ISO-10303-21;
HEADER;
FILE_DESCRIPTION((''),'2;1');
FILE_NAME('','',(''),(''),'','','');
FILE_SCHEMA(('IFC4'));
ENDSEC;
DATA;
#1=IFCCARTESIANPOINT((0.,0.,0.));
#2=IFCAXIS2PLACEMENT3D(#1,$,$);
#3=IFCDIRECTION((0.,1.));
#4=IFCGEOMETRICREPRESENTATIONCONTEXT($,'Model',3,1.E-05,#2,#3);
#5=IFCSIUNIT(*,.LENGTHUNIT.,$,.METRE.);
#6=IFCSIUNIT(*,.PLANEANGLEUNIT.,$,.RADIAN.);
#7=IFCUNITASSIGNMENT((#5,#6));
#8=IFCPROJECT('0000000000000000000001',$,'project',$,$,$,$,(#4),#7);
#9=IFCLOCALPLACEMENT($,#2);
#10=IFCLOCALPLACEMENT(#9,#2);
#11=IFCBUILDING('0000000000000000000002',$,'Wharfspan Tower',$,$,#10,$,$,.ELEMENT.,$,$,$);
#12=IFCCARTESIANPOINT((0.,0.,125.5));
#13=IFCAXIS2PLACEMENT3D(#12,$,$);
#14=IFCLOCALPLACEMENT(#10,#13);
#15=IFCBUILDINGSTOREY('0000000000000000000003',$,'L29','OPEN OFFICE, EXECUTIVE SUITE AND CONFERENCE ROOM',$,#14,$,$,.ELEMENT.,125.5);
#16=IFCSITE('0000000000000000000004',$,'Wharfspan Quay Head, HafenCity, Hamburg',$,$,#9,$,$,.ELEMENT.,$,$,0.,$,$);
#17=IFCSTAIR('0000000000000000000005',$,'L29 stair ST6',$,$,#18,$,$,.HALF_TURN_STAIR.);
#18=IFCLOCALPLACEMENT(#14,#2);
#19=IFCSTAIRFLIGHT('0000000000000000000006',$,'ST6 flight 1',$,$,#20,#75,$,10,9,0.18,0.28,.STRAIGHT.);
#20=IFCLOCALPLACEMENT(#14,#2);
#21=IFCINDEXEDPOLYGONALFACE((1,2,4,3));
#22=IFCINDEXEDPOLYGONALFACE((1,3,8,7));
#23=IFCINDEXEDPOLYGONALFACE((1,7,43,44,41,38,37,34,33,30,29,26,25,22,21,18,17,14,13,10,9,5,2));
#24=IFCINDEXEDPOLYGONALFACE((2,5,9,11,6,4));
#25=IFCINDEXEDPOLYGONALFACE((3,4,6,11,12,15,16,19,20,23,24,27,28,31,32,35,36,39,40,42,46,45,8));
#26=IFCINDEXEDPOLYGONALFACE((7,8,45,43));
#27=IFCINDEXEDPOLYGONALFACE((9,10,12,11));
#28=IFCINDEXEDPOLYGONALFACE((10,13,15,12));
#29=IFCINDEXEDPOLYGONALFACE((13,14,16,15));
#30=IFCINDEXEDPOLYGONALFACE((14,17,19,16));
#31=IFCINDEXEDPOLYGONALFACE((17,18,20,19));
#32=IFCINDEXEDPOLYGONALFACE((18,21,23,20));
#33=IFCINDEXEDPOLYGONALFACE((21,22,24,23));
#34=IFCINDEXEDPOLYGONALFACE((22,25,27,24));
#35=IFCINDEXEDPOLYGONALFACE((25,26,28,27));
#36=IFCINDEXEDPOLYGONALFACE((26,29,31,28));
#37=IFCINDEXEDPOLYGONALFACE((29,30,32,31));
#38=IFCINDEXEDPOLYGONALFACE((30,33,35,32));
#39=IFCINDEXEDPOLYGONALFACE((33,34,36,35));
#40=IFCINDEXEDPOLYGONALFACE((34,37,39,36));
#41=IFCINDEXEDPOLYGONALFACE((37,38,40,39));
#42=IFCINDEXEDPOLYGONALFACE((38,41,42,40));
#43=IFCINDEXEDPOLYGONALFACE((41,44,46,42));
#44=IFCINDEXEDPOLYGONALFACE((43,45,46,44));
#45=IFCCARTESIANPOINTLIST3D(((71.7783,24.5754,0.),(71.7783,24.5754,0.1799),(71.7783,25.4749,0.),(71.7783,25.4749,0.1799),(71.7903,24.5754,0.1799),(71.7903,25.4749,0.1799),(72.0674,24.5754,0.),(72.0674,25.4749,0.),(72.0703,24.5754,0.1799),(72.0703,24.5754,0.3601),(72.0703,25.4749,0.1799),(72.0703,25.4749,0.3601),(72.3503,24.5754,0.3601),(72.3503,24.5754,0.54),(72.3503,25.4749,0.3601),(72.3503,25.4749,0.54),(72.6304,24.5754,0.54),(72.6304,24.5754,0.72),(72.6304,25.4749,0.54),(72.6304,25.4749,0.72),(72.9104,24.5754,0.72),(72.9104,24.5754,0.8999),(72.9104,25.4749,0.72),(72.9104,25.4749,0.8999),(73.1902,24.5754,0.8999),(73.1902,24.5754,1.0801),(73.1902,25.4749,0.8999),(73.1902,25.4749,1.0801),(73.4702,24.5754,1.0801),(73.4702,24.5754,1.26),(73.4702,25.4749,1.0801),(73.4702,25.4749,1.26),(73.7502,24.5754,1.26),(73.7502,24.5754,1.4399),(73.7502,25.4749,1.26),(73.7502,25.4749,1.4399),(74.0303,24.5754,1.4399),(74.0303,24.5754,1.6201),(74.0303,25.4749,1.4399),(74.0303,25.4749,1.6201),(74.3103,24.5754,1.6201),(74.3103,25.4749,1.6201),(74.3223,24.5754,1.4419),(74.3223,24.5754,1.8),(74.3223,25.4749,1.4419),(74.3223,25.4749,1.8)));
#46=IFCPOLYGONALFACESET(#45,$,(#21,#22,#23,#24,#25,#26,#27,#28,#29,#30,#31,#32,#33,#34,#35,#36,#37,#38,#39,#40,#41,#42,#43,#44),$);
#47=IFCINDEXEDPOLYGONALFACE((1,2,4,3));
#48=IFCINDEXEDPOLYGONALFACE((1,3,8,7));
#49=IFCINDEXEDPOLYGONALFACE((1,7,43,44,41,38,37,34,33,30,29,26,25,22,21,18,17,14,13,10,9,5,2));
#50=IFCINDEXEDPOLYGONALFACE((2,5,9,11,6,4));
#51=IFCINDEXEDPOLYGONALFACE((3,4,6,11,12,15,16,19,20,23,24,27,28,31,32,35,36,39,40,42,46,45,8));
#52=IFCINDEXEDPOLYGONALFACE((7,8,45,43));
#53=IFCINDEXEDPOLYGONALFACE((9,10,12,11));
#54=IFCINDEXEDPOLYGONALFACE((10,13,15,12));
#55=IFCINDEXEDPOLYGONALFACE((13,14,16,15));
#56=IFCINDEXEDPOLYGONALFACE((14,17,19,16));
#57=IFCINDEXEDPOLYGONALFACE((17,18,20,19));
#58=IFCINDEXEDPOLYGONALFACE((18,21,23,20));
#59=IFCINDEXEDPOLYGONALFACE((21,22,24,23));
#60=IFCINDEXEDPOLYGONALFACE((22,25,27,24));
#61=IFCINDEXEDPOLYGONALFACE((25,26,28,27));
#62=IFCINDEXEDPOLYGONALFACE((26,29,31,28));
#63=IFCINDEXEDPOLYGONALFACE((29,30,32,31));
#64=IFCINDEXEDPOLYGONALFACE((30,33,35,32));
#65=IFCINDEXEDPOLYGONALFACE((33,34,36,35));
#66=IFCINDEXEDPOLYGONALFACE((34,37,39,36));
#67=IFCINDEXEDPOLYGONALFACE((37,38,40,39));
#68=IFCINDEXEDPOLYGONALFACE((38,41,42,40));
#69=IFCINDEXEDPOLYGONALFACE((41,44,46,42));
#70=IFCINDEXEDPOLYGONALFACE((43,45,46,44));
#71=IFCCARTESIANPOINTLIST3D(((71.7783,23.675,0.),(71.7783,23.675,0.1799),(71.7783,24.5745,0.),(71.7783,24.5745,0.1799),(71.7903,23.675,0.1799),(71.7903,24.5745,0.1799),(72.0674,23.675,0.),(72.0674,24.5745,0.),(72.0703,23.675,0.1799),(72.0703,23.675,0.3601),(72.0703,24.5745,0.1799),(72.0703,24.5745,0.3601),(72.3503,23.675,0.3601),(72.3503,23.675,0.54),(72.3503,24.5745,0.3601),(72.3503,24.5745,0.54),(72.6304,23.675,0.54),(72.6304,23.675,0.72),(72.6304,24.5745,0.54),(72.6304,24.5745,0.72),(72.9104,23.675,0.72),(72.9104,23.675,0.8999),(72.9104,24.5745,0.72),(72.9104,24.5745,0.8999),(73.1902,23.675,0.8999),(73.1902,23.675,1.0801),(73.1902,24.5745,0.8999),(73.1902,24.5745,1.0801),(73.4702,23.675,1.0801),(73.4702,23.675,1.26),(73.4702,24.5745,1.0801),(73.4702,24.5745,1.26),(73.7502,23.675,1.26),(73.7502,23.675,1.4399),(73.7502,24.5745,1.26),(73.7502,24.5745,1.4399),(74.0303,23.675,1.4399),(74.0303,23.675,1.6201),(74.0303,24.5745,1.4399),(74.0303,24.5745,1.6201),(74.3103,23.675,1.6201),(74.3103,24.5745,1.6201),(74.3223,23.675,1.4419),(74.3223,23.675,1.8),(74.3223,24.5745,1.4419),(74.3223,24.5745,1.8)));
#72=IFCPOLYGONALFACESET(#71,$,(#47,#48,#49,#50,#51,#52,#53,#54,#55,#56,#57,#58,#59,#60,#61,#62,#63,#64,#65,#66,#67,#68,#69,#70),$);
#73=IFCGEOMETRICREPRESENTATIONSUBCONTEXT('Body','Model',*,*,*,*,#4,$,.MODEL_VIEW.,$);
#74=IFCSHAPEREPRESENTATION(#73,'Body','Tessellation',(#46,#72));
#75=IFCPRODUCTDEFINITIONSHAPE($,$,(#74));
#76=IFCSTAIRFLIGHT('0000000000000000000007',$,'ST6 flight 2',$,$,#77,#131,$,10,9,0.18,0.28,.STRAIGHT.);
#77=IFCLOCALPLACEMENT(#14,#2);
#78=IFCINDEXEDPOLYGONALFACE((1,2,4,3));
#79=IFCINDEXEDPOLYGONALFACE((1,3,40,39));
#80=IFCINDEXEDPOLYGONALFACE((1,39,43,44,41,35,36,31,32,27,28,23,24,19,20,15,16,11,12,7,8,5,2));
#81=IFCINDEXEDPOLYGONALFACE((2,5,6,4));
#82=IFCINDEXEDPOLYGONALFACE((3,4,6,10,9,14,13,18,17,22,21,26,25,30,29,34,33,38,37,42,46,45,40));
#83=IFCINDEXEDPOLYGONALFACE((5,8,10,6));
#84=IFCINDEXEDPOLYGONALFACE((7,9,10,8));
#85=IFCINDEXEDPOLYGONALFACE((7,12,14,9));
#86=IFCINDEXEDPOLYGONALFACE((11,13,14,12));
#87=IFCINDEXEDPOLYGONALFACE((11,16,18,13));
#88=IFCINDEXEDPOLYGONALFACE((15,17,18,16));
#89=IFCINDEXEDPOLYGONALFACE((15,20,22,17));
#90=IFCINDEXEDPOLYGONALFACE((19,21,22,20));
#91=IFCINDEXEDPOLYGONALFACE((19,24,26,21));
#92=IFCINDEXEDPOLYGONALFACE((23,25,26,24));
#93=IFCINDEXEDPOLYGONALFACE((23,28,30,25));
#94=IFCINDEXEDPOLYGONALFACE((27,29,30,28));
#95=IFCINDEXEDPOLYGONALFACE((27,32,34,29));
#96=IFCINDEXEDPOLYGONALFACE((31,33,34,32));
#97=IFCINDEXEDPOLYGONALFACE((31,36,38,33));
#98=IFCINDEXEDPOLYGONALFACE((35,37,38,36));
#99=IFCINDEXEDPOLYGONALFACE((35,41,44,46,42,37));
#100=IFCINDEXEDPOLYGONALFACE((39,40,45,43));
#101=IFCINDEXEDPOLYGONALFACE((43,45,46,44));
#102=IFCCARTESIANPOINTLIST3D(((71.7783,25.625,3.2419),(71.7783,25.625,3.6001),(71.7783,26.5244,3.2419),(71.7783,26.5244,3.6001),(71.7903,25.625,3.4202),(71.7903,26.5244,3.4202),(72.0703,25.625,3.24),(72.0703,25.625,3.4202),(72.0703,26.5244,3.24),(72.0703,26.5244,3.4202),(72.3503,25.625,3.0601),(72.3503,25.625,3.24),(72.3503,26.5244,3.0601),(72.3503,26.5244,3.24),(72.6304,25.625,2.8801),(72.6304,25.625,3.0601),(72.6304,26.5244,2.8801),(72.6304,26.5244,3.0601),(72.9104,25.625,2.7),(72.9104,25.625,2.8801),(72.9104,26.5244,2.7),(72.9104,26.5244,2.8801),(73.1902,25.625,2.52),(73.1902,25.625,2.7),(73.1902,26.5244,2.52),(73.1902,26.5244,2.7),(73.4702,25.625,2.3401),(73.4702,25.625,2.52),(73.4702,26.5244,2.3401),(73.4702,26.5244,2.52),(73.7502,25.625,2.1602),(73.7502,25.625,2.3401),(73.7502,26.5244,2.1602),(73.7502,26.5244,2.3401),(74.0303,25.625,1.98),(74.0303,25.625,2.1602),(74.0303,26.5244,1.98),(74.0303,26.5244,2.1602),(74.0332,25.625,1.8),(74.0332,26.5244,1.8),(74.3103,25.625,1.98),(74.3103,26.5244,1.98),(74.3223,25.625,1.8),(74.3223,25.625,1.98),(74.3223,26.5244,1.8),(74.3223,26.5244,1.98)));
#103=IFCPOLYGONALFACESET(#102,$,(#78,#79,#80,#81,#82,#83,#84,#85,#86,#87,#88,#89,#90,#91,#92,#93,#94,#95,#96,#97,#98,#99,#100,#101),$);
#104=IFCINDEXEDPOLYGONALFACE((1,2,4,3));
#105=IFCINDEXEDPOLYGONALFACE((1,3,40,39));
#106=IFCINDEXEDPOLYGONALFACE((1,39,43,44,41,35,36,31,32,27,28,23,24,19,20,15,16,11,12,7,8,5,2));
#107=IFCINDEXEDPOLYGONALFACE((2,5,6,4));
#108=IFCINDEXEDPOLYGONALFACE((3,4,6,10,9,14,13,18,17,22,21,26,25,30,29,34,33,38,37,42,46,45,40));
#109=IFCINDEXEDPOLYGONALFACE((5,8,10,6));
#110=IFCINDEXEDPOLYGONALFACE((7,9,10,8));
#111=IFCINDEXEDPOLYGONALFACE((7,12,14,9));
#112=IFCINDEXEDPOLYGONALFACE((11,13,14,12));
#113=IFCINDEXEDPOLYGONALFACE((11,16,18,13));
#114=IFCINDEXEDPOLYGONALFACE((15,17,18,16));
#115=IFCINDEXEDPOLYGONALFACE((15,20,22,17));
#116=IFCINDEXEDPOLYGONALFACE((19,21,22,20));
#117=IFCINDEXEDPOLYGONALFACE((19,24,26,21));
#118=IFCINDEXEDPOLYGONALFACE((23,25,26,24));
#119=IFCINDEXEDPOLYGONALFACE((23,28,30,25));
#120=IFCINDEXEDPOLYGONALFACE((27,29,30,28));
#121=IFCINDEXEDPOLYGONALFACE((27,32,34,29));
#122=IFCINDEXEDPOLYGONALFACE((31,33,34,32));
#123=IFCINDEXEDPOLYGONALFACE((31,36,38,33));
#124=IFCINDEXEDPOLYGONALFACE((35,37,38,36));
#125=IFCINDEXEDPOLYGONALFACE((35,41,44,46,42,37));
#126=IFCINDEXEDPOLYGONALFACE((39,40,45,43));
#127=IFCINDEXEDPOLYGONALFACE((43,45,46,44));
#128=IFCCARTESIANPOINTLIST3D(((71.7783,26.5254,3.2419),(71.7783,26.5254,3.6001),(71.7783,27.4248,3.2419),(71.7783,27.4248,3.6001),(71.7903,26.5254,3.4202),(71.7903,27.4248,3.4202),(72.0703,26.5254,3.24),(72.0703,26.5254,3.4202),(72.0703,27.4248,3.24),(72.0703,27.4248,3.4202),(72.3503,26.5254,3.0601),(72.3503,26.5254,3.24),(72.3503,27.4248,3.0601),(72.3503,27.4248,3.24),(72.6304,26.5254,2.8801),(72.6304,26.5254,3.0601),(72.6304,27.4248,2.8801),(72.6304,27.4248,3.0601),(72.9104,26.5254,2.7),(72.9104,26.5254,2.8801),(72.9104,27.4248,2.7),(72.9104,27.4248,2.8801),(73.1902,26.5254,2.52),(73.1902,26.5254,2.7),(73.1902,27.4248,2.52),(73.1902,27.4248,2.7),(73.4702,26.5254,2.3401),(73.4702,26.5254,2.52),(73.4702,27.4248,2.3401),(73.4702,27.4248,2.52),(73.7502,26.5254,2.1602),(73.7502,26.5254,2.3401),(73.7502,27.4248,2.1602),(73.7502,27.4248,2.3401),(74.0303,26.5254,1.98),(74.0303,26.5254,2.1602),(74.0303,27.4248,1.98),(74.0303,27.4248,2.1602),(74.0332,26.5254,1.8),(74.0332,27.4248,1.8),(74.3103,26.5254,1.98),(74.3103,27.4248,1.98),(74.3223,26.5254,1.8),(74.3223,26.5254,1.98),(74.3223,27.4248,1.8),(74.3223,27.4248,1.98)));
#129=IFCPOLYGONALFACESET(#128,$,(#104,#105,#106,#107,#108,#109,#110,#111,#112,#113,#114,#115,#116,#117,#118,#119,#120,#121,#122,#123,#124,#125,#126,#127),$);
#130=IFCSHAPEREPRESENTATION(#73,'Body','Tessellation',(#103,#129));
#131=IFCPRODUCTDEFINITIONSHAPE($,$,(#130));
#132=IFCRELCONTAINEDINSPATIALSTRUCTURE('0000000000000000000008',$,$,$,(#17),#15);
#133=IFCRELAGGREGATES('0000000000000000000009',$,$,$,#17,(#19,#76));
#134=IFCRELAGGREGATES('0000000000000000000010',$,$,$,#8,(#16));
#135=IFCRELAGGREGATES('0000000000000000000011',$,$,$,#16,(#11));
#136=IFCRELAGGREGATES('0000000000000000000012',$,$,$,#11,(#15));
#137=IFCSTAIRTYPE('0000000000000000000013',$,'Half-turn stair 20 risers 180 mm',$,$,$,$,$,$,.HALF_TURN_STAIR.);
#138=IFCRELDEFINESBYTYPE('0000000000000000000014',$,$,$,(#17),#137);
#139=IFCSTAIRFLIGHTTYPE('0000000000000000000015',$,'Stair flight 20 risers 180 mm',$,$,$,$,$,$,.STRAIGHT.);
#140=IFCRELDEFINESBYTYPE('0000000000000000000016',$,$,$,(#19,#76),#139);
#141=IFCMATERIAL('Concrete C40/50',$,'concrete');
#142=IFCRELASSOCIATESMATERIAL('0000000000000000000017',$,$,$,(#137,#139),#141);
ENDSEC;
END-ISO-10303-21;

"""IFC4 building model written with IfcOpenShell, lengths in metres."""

from ifc_helpers import new_model, si_unit, direction, frame, origin, place, context, subcontext, project, spatial, polyline, outline, extrude, material, type_object, element, aggregate, save


model = new_model("IFC4")

# Units and contexts
model_context = context("Model", 3, precision=1e-05, world=origin(), true_north=direction((0.0, 1.0)))
body_context = subcontext(model_context, "Body", "Model", "MODEL_VIEW")
ifc_project = project(units=[si_unit("LENGTHUNIT", "METRE"), si_unit("PLANEANGLEUNIT", "RADIAN")], contexts=[model_context])

# Site, building, storey
site_placement = place(None, origin())
site = spatial("IfcSite", under=ifc_project, at=site_placement, Name="Wharfspan Quay Head, HafenCity, Hamburg", CompositionType="ELEMENT", RefElevation=0.0)
building_placement = place(site_placement, origin())
building = spatial("IfcBuilding", under=site, at=building_placement, Name="Wharfspan Tower", CompositionType="ELEMENT")
storey_placement = place(building_placement, frame((0.0, 0.0, 125.5)))
storey = spatial("IfcBuildingStorey", under=building, at=storey_placement, Name="L29", Description="OPEN OFFICE, EXECUTIVE SUITE AND CONFERENCE ROOM", CompositionType="ELEMENT", Elevation=125.5)

# Shared definitions
ifc_material_1 = material(Name="Concrete C40/50", Category="concrete")

# Stair, stair flights
stair_type = type_object("IfcStairType", Name="Half-turn stair 20 risers 180 mm", PredefinedType="HALF_TURN_STAIR", material=ifc_material_1)
stair_placement = place(storey_placement, origin())
stair = element("IfcStair", 1, at=stair_placement, inside=storey, type_object=stair_type, Name="L29 stair ST6", PredefinedType="HALF_TURN_STAIR")
stair_flight_type = type_object("IfcStairFlightType", Name="Stair flight 20 risers 180 mm", PredefinedType="STRAIGHT", material=ifc_material_1)
stair_flight_1_placement = place(storey_placement, frame((71.7903, 24.575, 0.0), z_axis=(0.0, 0.0, 1.0), x_axis=(1.0, 0.0, 0.0)))
stair_flight_1 = element("IfcStairFlight", 2, at=stair_flight_1_placement, type_object=stair_flight_type, Name="ST6 flight 1", NumberOfRisers=10, NumberOfTreads=9, PredefinedType="STRAIGHT", RiserHeight=0.18, TreadLength=0.28, context=body_context, shape_type="SweptSolid", body=[
    extrude(outline(polyline([(-0.012, 0.0), (-0.012, 0.1799), (0.0, 0.1799), (0.28, 0.1799), (0.28, 0.3601), (0.5601, 0.3601), (0.5601, 0.54), (0.8401, 0.54), (0.8401, 0.72), (1.1201, 0.72), (1.1201, 0.8999), (1.3999, 0.8999), (1.3999, 1.0801), (1.6799, 1.0801), (1.6799, 1.26), (1.96, 1.26), (1.96, 1.4399), (2.24, 1.4399), (2.24, 1.6201), (2.52, 1.6201), (2.532, 1.8), (2.532, 1.4419), (0.2771, 0.0), (-0.012, 0.0)])), frame((0.0, 0.8999, 0.0), z_axis=(0.0, -1.0, 0.0), x_axis=(1.0, 0.0, 0.0)), (0.0, 0.0, 1.0), 0.8994),
    extrude(outline(polyline([(-0.012, 0.0), (-0.012, 0.1799), (0.0, 0.1799), (0.28, 0.1799), (0.28, 0.3601), (0.5601, 0.3601), (0.5601, 0.54), (0.8401, 0.54), (0.8401, 0.72), (1.1201, 0.72), (1.1201, 0.8999), (1.3999, 0.8999), (1.3999, 1.0801), (1.6799, 1.0801), (1.6799, 1.26), (1.96, 1.26), (1.96, 1.4399), (2.24, 1.4399), (2.24, 1.6201), (2.52, 1.6201), (2.532, 1.8), (2.532, 1.4419), (0.2771, 0.0), (-0.012, 0.0)])), frame((0.0, -0.0005, 0.0), z_axis=(0.0, -1.0, 0.0), x_axis=(1.0, 0.0, 0.0)), (0.0, 0.0, 1.0), 0.8994),
])
stair_flight_2_placement = place(storey_placement, frame((74.3103, 26.5249, 1.8), z_axis=(0.0, 0.0, 1.0), x_axis=(-1.0, 0.0, 0.0)))
stair_flight_2 = element("IfcStairFlight", 3, at=stair_flight_2_placement, type_object=stair_flight_type, Name="ST6 flight 2", NumberOfRisers=10, NumberOfTreads=9, PredefinedType="STRAIGHT", RiserHeight=0.18, TreadLength=0.28, context=body_context, shape_type="SweptSolid", body=[
    extrude(outline(polyline([(-0.012, 0.0), (-0.012, 0.1799), (0.0, 0.1799), (0.28, 0.1799), (0.28, 0.3601), (0.5601, 0.3601), (0.5601, 0.54), (0.8401, 0.54), (0.8401, 0.72), (1.1201, 0.72), (1.1201, 0.8999), (1.3999, 0.8999), (1.3999, 1.0801), (1.6799, 1.0801), (1.6799, 1.26), (1.96, 1.26), (1.96, 1.4399), (2.24, 1.4399), (2.24, 1.6201), (2.52, 1.6201), (2.532, 1.8), (2.532, 1.4419), (0.2771, 0.0), (-0.012, 0.0)])), frame((0.0, 0.8999, 0.0), z_axis=(0.0, -1.0, 0.0), x_axis=(1.0, 0.0, 0.0)), (0.0, 0.0, 1.0), 0.8994),
    extrude(outline(polyline([(-0.012, 0.0), (-0.012, 0.1799), (0.0, 0.1799), (0.28, 0.1799), (0.28, 0.3601), (0.5601, 0.3601), (0.5601, 0.54), (0.8401, 0.54), (0.8401, 0.72), (1.1201, 0.72), (1.1201, 0.8999), (1.3999, 0.8999), (1.3999, 1.0801), (1.6799, 1.0801), (1.6799, 1.26), (1.96, 1.26), (1.96, 1.4399), (2.24, 1.4399), (2.24, 1.6201), (2.52, 1.6201), (2.532, 1.8), (2.532, 1.4419), (0.2771, 0.0), (-0.012, 0.0)])), frame((0.0, -0.0005, 0.0), z_axis=(0.0, -1.0, 0.0), x_axis=(1.0, 0.0, 0.0)), (0.0, 0.0, 1.0), 0.8994),
])
aggregate(stair, [stair_flight_1, stair_flight_2])

save(model, "model.ifc")
